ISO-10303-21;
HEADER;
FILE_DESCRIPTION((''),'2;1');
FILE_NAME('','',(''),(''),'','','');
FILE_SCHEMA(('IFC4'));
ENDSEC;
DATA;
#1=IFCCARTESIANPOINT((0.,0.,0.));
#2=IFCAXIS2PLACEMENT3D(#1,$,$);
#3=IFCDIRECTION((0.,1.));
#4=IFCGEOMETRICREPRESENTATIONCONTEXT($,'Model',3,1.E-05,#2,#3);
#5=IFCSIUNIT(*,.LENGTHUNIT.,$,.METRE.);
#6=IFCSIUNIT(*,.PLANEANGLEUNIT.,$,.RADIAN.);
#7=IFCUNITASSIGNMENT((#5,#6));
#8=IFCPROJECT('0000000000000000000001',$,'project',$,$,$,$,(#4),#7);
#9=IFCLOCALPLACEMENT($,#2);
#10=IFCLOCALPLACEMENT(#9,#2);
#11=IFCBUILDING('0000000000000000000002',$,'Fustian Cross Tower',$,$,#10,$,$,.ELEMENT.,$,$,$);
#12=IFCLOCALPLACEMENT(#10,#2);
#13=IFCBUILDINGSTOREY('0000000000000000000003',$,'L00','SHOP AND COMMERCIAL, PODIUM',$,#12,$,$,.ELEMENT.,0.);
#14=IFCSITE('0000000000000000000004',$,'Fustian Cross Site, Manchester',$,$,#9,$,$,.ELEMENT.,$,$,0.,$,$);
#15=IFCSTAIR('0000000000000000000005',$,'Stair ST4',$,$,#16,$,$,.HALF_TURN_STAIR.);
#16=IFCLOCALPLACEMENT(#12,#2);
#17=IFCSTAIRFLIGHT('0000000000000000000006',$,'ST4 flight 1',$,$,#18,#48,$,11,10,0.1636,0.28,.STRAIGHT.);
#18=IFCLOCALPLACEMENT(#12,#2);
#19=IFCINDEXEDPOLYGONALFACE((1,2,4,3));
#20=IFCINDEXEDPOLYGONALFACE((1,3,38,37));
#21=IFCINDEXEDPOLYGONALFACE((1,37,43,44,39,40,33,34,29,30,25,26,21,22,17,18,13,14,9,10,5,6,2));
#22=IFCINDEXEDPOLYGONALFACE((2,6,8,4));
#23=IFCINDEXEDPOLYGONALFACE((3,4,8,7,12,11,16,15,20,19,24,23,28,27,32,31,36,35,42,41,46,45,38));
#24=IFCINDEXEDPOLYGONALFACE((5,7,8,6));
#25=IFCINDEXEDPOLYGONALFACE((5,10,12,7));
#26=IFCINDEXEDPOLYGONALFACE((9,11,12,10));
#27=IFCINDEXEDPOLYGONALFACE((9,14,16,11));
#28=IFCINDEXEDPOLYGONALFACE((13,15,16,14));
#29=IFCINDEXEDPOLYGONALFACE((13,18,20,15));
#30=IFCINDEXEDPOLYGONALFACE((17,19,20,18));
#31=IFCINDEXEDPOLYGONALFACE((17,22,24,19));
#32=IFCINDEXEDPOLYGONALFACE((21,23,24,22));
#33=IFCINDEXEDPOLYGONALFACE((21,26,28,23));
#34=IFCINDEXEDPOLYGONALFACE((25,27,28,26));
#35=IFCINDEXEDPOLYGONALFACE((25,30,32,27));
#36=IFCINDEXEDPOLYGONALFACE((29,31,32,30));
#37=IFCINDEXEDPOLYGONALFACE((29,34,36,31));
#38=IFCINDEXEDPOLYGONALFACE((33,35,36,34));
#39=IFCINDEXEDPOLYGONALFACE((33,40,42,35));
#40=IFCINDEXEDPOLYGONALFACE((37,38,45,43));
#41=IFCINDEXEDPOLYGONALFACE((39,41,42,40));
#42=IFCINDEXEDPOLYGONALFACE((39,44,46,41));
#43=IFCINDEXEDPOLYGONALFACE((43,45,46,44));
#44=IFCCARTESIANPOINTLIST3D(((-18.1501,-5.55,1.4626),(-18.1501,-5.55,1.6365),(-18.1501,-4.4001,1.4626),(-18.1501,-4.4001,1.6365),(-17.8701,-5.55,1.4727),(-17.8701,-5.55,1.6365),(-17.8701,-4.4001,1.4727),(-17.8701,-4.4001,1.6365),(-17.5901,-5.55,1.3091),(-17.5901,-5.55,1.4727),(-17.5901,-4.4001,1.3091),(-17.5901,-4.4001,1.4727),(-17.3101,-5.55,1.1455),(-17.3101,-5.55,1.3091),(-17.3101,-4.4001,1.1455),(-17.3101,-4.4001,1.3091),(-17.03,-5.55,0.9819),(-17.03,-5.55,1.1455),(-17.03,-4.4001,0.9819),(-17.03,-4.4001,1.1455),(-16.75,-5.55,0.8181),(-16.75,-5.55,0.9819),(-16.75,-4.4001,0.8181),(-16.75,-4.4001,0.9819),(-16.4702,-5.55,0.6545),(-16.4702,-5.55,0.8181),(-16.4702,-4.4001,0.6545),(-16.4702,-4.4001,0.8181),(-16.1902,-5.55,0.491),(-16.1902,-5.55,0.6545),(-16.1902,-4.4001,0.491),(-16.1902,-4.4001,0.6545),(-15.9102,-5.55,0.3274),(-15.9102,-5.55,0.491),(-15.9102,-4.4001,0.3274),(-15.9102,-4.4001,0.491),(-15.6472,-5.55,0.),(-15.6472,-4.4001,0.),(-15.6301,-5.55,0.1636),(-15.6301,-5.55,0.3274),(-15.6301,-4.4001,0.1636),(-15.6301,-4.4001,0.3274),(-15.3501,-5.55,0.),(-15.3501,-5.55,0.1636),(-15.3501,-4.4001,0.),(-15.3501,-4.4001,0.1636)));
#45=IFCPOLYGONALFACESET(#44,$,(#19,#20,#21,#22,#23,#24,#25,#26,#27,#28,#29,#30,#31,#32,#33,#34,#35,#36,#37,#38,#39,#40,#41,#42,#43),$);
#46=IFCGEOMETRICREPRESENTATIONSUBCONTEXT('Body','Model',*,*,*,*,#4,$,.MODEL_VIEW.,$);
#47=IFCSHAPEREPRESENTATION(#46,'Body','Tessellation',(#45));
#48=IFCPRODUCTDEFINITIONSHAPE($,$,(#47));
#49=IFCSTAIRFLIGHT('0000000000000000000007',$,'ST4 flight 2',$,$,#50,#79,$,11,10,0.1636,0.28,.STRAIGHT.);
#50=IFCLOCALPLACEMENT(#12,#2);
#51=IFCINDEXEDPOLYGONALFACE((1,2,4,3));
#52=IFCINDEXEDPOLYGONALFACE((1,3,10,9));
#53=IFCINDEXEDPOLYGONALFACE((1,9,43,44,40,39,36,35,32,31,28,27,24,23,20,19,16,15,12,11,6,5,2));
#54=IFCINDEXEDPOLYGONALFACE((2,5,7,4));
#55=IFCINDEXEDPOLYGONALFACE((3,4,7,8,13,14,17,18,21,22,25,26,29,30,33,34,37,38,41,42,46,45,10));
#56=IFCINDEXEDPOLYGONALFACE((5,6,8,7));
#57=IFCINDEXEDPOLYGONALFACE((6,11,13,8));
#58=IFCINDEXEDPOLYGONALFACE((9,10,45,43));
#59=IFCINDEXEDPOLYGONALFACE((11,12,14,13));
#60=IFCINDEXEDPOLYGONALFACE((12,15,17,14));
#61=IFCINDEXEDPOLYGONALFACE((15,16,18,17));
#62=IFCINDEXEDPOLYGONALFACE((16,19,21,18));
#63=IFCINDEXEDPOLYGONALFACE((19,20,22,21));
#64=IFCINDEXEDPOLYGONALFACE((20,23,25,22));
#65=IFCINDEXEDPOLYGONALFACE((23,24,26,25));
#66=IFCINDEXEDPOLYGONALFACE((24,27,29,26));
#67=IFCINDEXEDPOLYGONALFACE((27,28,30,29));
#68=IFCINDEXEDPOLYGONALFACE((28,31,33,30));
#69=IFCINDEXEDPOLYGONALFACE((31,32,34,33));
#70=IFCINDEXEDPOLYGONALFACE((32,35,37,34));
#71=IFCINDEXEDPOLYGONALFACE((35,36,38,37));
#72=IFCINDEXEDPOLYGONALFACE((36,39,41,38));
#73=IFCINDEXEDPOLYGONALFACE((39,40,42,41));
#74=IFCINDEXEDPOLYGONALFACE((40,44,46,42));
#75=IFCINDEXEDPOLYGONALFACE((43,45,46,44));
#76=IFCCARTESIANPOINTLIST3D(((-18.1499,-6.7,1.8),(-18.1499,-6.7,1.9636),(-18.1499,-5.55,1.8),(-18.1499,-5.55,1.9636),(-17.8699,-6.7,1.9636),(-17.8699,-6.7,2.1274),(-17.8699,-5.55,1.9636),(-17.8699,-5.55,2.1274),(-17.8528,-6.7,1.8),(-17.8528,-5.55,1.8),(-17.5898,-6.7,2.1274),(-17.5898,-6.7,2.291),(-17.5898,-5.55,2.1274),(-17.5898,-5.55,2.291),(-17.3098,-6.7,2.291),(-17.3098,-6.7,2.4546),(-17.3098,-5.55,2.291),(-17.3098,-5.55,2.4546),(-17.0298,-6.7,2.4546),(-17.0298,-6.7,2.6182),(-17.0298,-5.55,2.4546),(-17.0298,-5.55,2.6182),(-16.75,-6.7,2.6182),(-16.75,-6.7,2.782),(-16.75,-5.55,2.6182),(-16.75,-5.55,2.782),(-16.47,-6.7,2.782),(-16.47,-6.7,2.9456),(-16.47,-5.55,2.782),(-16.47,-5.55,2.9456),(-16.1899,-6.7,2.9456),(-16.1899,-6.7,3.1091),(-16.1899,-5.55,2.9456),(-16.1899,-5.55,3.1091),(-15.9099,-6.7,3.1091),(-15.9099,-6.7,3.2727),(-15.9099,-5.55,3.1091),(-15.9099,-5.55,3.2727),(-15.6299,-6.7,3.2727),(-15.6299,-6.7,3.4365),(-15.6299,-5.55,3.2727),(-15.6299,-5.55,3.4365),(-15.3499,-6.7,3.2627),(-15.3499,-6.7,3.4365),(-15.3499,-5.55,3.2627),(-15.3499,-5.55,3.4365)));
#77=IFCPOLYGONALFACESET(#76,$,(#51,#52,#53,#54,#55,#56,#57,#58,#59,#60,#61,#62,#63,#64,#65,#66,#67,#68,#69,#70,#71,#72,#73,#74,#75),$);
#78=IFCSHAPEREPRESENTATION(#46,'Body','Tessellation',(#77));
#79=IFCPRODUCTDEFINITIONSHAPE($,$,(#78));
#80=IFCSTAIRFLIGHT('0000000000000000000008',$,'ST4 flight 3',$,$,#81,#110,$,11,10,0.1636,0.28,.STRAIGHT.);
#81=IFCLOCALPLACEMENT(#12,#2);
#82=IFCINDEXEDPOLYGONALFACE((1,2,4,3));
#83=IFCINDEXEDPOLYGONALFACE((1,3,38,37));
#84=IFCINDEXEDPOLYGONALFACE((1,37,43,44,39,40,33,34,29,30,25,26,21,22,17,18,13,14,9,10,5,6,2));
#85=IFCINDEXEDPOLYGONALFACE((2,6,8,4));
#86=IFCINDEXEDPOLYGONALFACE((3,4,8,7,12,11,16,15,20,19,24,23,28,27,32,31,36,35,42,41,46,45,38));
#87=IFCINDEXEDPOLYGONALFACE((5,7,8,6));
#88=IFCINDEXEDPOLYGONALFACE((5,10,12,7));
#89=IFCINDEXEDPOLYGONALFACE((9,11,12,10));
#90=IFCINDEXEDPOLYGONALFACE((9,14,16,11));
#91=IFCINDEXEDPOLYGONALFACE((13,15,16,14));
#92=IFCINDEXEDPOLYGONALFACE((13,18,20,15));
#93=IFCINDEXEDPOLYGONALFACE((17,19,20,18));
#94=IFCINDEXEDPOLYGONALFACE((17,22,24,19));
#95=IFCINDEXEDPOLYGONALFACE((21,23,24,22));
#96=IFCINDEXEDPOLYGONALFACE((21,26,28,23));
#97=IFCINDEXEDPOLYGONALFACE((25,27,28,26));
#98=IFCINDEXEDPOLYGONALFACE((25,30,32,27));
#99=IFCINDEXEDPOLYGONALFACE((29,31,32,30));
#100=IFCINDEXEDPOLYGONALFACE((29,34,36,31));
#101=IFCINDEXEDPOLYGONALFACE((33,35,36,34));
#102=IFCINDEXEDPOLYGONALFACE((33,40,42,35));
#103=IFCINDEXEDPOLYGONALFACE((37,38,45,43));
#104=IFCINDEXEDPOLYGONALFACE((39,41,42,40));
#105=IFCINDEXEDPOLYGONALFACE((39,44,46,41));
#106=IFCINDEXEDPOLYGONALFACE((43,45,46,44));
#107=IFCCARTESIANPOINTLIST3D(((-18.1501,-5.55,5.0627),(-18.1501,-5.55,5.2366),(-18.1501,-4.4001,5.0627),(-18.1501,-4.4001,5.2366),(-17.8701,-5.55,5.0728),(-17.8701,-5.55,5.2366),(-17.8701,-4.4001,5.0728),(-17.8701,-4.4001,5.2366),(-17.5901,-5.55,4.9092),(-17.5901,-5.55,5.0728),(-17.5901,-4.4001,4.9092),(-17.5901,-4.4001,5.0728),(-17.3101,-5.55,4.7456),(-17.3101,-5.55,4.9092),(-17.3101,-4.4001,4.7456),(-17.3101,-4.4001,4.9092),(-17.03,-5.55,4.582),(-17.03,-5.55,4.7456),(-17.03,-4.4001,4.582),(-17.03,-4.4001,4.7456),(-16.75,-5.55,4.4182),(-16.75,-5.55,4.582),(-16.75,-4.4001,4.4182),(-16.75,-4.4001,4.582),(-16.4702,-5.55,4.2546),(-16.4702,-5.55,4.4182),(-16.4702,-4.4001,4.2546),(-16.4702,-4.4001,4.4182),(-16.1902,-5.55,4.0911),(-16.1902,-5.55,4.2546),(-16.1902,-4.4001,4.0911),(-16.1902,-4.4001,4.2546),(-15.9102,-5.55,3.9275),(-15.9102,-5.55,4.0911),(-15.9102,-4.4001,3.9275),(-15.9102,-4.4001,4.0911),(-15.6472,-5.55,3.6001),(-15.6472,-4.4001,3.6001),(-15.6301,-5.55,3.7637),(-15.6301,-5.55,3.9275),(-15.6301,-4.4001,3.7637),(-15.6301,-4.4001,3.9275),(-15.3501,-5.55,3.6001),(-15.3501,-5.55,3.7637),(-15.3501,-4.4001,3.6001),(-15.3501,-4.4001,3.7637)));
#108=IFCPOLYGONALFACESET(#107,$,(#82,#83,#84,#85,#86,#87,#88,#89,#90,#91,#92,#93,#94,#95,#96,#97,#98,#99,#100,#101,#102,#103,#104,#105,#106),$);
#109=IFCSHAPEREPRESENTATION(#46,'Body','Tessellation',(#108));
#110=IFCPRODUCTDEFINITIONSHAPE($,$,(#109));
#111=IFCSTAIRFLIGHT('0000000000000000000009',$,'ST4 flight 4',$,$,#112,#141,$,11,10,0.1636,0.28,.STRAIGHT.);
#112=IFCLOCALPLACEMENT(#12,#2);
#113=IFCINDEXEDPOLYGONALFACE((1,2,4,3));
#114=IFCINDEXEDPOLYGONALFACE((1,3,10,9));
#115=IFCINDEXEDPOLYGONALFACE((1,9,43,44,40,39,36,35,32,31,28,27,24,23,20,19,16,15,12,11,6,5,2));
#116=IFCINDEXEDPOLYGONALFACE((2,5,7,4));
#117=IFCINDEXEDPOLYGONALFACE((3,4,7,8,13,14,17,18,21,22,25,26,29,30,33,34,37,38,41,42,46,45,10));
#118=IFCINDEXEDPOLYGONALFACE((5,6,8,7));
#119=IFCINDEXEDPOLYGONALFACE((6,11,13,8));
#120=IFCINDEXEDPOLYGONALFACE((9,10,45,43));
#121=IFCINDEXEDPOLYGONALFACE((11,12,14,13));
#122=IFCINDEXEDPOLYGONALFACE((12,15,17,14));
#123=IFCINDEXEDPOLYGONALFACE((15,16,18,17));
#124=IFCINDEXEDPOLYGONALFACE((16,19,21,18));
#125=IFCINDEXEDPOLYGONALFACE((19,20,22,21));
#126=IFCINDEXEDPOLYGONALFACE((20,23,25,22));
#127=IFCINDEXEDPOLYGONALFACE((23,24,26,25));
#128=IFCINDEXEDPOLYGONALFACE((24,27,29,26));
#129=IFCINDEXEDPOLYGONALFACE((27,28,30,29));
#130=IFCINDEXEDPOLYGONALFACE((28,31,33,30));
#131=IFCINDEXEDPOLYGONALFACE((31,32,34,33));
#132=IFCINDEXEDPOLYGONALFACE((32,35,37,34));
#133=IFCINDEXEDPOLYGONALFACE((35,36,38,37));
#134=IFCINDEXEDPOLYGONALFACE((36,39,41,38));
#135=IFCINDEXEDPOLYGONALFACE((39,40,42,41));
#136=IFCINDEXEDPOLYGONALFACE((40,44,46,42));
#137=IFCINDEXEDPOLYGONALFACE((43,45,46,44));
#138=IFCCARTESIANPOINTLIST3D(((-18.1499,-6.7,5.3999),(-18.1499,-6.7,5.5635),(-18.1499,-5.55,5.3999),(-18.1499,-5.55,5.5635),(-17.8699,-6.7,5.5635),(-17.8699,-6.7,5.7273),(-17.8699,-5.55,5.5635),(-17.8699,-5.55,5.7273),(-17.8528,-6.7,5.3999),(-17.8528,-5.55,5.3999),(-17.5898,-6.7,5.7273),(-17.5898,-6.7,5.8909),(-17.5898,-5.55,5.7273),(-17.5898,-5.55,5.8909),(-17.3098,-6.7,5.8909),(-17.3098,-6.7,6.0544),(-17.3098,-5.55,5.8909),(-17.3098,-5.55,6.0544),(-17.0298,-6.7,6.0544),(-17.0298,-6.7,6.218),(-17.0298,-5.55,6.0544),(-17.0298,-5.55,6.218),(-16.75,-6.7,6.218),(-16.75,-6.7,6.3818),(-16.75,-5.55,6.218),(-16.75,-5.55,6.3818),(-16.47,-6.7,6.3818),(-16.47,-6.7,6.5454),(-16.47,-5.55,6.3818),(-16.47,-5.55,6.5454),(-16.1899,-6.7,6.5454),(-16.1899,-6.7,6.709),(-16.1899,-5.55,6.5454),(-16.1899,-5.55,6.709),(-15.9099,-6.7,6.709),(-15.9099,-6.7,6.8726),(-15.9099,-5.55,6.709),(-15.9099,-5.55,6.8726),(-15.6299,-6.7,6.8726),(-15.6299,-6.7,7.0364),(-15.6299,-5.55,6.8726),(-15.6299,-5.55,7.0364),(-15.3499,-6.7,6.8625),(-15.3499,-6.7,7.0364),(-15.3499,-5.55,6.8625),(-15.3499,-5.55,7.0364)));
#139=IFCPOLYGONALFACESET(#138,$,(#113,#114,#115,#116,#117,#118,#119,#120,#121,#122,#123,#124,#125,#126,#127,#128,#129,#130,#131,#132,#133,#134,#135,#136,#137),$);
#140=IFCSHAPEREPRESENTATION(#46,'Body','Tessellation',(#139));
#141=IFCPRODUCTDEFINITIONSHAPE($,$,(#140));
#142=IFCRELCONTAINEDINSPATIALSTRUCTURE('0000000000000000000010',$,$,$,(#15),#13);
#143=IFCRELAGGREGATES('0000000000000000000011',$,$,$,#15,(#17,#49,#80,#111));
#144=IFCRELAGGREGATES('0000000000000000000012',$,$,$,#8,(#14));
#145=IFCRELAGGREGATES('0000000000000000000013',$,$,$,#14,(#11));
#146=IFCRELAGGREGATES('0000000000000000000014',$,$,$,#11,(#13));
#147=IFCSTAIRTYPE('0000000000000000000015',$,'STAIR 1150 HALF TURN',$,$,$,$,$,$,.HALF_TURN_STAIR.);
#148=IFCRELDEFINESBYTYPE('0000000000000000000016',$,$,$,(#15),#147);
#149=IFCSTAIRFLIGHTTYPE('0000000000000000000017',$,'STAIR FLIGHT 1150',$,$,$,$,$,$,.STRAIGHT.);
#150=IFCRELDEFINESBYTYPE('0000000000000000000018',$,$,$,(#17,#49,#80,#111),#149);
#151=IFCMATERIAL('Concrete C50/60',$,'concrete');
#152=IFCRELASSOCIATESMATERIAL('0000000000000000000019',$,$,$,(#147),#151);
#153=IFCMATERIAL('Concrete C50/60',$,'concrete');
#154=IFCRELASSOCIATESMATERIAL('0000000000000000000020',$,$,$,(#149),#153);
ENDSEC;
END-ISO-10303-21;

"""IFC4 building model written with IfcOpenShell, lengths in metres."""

from ifc_helpers import new_model, si_unit, direction, frame, origin, place, context, subcontext, project, spatial, polyline, outline, extrude, material, type_object, element, aggregate, save


model = new_model("IFC4")

# Units and contexts
model_context = context("Model", 3, precision=1e-05, world=origin(), true_north=direction((0.0, 1.0)))
body_context = subcontext(model_context, "Body", "Model", "MODEL_VIEW")
ifc_project = project(units=[si_unit("LENGTHUNIT", "METRE"), si_unit("PLANEANGLEUNIT", "RADIAN")], contexts=[model_context])

# Site, building, storey
site_placement = place(None, origin())
site = spatial("IfcSite", under=ifc_project, at=site_placement, Name="Fustian Cross Site, Manchester", CompositionType="ELEMENT", RefElevation=0.0)
building_placement = place(site_placement, origin())
building = spatial("IfcBuilding", under=site, at=building_placement, Name="Fustian Cross Tower", CompositionType="ELEMENT")
storey_placement = place(building_placement, origin())
storey = spatial("IfcBuildingStorey", under=building, at=storey_placement, Name="L00", Description="SHOP AND COMMERCIAL, PODIUM", CompositionType="ELEMENT", Elevation=0.0)

# Stair, stair flights
ifc_material_1 = material(Name="Concrete C50/60", Category="concrete")
stair_type = type_object("IfcStairType", Name="STAIR 1150 HALF TURN", PredefinedType="HALF_TURN_STAIR", material=ifc_material_1)
stair_placement = place(storey_placement, origin())
stair = element("IfcStair", 1, at=stair_placement, inside=storey, type_object=stair_type, Name="Stair ST4", PredefinedType="HALF_TURN_STAIR")
ifc_material_2 = material(Name="Concrete C50/60", Category="concrete")
stair_flight_type = type_object("IfcStairFlightType", Name="STAIR FLIGHT 1150", PredefinedType="STRAIGHT", material=ifc_material_2)
stair_flight_1_placement = place(storey_placement, frame((-15.3501, -4.9751, 0.0), z_axis=(0.0, 0.0, 1.0), x_axis=(-1.0, 0.0, 0.0)))
stair_flight_1 = element("IfcStairFlight", 2, at=stair_flight_1_placement, type_object=stair_flight_type, Name="ST4 flight 1", NumberOfRisers=11, NumberOfTreads=10, PredefinedType="STRAIGHT", RiserHeight=0.1636, TreadLength=0.28, context=body_context, shape_type="SweptSolid", body=[
    extrude(outline(polyline([(0.0, 0.0), (0.0, 0.1636), (0.28, 0.1636), (0.28, 0.3274), (0.5601, 0.3274), (0.5601, 0.491), (0.8401, 0.491), (0.8401, 0.6545), (1.1201, 0.6545), (1.1201, 0.8181), (1.3999, 0.8181), (1.3999, 0.9819), (1.6799, 0.9819), (1.6799, 1.1455), (1.96, 1.1455), (1.96, 1.3091), (2.24, 1.3091), (2.24, 1.4727), (2.52, 1.4727), (2.52, 1.6365), (2.8, 1.6365), (2.8, 1.8), (2.8, 1.4626), (0.2971, 0.0), (0.0, 0.0)])), frame((0.0, 0.575, 0.0), z_axis=(0.0, -1.0, 0.0), x_axis=(1.0, 0.0, 0.0)), (0.0, 0.0, 1.0), 1.1499),
])
stair_flight_2_placement = place(storey_placement, frame((-18.1499, -6.125, 1.8), z_axis=(0.0, 0.0, 1.0), x_axis=(1.0, 0.0, 0.0)))
stair_flight_2 = element("IfcStairFlight", 3, at=stair_flight_2_placement, type_object=stair_flight_type, Name="ST4 flight 2", NumberOfRisers=11, NumberOfTreads=10, PredefinedType="STRAIGHT", RiserHeight=0.1636, TreadLength=0.28, context=body_context, shape_type="SweptSolid", body=[
    extrude(outline(polyline([(0.0, 0.0), (0.0, 0.1636), (0.28, 0.1636), (0.28, 0.3274), (0.5601, 0.3274), (0.5601, 0.491), (0.8401, 0.491), (0.8401, 0.6545), (1.1201, 0.6545), (1.1201, 0.8181), (1.3999, 0.8181), (1.3999, 0.9819), (1.6799, 0.9819), (1.6799, 1.1455), (1.96, 1.1455), (1.96, 1.3091), (2.24, 1.3091), (2.24, 1.4727), (2.52, 1.4727), (2.52, 1.6365), (2.8, 1.6365), (2.8, 1.8), (2.8, 1.4626), (0.2971, 0.0), (0.0, 0.0)])), frame((0.0, 0.575, 0.0), z_axis=(0.0, -1.0, 0.0), x_axis=(1.0, 0.0, 0.0)), (0.0, 0.0, 1.0), 1.1499),
])
stair_flight_3_placement = place(storey_placement, frame((-15.3501, -4.9751, 3.6001), z_axis=(0.0, 0.0, 1.0), x_axis=(-1.0, 0.0, 0.0)))
stair_flight_3 = element("IfcStairFlight", 4, at=stair_flight_3_placement, type_object=stair_flight_type, Name="ST4 flight 3", NumberOfRisers=11, NumberOfTreads=10, PredefinedType="STRAIGHT", RiserHeight=0.1636, TreadLength=0.28, context=body_context, shape_type="SweptSolid", body=[
    extrude(outline(polyline([(0.0, 0.0), (0.0, 0.1636), (0.28, 0.1636), (0.28, 0.3274), (0.5601, 0.3274), (0.5601, 0.491), (0.8401, 0.491), (0.8401, 0.6545), (1.1201, 0.6545), (1.1201, 0.8181), (1.3999, 0.8181), (1.3999, 0.9819), (1.6799, 0.9819), (1.6799, 1.1455), (1.96, 1.1455), (1.96, 1.3091), (2.24, 1.3091), (2.24, 1.4727), (2.52, 1.4727), (2.52, 1.6365), (2.8, 1.6365), (2.8, 1.8), (2.8, 1.4626), (0.2971, 0.0), (0.0, 0.0)])), frame((0.0, 0.575, 0.0), z_axis=(0.0, -1.0, 0.0), x_axis=(1.0, 0.0, 0.0)), (0.0, 0.0, 1.0), 1.1499),
])
stair_flight_4_placement = place(storey_placement, frame((-18.1499, -6.125, 5.3999), z_axis=(0.0, 0.0, 1.0), x_axis=(1.0, 0.0, 0.0)))
stair_flight_4 = element("IfcStairFlight", 5, at=stair_flight_4_placement, type_object=stair_flight_type, Name="ST4 flight 4", NumberOfRisers=11, NumberOfTreads=10, PredefinedType="STRAIGHT", RiserHeight=0.1636, TreadLength=0.28, context=body_context, shape_type="SweptSolid", body=[
    extrude(outline(polyline([(0.0, 0.0), (0.0, 0.1636), (0.28, 0.1636), (0.28, 0.3274), (0.5601, 0.3274), (0.5601, 0.491), (0.8401, 0.491), (0.8401, 0.6545), (1.1201, 0.6545), (1.1201, 0.8181), (1.3999, 0.8181), (1.3999, 0.9819), (1.6799, 0.9819), (1.6799, 1.1455), (1.96, 1.1455), (1.96, 1.3091), (2.24, 1.3091), (2.24, 1.4727), (2.52, 1.4727), (2.52, 1.6365), (2.8, 1.6365), (2.8, 1.8), (2.8, 1.4626), (0.2971, 0.0), (0.0, 0.0)])), frame((0.0, 0.575, 0.0), z_axis=(0.0, -1.0, 0.0), x_axis=(1.0, 0.0, 0.0)), (0.0, 0.0, 1.0), 1.1499),
])
aggregate(stair, [stair_flight_1, stair_flight_2, stair_flight_3, stair_flight_4])

save(model, "model.ifc")
